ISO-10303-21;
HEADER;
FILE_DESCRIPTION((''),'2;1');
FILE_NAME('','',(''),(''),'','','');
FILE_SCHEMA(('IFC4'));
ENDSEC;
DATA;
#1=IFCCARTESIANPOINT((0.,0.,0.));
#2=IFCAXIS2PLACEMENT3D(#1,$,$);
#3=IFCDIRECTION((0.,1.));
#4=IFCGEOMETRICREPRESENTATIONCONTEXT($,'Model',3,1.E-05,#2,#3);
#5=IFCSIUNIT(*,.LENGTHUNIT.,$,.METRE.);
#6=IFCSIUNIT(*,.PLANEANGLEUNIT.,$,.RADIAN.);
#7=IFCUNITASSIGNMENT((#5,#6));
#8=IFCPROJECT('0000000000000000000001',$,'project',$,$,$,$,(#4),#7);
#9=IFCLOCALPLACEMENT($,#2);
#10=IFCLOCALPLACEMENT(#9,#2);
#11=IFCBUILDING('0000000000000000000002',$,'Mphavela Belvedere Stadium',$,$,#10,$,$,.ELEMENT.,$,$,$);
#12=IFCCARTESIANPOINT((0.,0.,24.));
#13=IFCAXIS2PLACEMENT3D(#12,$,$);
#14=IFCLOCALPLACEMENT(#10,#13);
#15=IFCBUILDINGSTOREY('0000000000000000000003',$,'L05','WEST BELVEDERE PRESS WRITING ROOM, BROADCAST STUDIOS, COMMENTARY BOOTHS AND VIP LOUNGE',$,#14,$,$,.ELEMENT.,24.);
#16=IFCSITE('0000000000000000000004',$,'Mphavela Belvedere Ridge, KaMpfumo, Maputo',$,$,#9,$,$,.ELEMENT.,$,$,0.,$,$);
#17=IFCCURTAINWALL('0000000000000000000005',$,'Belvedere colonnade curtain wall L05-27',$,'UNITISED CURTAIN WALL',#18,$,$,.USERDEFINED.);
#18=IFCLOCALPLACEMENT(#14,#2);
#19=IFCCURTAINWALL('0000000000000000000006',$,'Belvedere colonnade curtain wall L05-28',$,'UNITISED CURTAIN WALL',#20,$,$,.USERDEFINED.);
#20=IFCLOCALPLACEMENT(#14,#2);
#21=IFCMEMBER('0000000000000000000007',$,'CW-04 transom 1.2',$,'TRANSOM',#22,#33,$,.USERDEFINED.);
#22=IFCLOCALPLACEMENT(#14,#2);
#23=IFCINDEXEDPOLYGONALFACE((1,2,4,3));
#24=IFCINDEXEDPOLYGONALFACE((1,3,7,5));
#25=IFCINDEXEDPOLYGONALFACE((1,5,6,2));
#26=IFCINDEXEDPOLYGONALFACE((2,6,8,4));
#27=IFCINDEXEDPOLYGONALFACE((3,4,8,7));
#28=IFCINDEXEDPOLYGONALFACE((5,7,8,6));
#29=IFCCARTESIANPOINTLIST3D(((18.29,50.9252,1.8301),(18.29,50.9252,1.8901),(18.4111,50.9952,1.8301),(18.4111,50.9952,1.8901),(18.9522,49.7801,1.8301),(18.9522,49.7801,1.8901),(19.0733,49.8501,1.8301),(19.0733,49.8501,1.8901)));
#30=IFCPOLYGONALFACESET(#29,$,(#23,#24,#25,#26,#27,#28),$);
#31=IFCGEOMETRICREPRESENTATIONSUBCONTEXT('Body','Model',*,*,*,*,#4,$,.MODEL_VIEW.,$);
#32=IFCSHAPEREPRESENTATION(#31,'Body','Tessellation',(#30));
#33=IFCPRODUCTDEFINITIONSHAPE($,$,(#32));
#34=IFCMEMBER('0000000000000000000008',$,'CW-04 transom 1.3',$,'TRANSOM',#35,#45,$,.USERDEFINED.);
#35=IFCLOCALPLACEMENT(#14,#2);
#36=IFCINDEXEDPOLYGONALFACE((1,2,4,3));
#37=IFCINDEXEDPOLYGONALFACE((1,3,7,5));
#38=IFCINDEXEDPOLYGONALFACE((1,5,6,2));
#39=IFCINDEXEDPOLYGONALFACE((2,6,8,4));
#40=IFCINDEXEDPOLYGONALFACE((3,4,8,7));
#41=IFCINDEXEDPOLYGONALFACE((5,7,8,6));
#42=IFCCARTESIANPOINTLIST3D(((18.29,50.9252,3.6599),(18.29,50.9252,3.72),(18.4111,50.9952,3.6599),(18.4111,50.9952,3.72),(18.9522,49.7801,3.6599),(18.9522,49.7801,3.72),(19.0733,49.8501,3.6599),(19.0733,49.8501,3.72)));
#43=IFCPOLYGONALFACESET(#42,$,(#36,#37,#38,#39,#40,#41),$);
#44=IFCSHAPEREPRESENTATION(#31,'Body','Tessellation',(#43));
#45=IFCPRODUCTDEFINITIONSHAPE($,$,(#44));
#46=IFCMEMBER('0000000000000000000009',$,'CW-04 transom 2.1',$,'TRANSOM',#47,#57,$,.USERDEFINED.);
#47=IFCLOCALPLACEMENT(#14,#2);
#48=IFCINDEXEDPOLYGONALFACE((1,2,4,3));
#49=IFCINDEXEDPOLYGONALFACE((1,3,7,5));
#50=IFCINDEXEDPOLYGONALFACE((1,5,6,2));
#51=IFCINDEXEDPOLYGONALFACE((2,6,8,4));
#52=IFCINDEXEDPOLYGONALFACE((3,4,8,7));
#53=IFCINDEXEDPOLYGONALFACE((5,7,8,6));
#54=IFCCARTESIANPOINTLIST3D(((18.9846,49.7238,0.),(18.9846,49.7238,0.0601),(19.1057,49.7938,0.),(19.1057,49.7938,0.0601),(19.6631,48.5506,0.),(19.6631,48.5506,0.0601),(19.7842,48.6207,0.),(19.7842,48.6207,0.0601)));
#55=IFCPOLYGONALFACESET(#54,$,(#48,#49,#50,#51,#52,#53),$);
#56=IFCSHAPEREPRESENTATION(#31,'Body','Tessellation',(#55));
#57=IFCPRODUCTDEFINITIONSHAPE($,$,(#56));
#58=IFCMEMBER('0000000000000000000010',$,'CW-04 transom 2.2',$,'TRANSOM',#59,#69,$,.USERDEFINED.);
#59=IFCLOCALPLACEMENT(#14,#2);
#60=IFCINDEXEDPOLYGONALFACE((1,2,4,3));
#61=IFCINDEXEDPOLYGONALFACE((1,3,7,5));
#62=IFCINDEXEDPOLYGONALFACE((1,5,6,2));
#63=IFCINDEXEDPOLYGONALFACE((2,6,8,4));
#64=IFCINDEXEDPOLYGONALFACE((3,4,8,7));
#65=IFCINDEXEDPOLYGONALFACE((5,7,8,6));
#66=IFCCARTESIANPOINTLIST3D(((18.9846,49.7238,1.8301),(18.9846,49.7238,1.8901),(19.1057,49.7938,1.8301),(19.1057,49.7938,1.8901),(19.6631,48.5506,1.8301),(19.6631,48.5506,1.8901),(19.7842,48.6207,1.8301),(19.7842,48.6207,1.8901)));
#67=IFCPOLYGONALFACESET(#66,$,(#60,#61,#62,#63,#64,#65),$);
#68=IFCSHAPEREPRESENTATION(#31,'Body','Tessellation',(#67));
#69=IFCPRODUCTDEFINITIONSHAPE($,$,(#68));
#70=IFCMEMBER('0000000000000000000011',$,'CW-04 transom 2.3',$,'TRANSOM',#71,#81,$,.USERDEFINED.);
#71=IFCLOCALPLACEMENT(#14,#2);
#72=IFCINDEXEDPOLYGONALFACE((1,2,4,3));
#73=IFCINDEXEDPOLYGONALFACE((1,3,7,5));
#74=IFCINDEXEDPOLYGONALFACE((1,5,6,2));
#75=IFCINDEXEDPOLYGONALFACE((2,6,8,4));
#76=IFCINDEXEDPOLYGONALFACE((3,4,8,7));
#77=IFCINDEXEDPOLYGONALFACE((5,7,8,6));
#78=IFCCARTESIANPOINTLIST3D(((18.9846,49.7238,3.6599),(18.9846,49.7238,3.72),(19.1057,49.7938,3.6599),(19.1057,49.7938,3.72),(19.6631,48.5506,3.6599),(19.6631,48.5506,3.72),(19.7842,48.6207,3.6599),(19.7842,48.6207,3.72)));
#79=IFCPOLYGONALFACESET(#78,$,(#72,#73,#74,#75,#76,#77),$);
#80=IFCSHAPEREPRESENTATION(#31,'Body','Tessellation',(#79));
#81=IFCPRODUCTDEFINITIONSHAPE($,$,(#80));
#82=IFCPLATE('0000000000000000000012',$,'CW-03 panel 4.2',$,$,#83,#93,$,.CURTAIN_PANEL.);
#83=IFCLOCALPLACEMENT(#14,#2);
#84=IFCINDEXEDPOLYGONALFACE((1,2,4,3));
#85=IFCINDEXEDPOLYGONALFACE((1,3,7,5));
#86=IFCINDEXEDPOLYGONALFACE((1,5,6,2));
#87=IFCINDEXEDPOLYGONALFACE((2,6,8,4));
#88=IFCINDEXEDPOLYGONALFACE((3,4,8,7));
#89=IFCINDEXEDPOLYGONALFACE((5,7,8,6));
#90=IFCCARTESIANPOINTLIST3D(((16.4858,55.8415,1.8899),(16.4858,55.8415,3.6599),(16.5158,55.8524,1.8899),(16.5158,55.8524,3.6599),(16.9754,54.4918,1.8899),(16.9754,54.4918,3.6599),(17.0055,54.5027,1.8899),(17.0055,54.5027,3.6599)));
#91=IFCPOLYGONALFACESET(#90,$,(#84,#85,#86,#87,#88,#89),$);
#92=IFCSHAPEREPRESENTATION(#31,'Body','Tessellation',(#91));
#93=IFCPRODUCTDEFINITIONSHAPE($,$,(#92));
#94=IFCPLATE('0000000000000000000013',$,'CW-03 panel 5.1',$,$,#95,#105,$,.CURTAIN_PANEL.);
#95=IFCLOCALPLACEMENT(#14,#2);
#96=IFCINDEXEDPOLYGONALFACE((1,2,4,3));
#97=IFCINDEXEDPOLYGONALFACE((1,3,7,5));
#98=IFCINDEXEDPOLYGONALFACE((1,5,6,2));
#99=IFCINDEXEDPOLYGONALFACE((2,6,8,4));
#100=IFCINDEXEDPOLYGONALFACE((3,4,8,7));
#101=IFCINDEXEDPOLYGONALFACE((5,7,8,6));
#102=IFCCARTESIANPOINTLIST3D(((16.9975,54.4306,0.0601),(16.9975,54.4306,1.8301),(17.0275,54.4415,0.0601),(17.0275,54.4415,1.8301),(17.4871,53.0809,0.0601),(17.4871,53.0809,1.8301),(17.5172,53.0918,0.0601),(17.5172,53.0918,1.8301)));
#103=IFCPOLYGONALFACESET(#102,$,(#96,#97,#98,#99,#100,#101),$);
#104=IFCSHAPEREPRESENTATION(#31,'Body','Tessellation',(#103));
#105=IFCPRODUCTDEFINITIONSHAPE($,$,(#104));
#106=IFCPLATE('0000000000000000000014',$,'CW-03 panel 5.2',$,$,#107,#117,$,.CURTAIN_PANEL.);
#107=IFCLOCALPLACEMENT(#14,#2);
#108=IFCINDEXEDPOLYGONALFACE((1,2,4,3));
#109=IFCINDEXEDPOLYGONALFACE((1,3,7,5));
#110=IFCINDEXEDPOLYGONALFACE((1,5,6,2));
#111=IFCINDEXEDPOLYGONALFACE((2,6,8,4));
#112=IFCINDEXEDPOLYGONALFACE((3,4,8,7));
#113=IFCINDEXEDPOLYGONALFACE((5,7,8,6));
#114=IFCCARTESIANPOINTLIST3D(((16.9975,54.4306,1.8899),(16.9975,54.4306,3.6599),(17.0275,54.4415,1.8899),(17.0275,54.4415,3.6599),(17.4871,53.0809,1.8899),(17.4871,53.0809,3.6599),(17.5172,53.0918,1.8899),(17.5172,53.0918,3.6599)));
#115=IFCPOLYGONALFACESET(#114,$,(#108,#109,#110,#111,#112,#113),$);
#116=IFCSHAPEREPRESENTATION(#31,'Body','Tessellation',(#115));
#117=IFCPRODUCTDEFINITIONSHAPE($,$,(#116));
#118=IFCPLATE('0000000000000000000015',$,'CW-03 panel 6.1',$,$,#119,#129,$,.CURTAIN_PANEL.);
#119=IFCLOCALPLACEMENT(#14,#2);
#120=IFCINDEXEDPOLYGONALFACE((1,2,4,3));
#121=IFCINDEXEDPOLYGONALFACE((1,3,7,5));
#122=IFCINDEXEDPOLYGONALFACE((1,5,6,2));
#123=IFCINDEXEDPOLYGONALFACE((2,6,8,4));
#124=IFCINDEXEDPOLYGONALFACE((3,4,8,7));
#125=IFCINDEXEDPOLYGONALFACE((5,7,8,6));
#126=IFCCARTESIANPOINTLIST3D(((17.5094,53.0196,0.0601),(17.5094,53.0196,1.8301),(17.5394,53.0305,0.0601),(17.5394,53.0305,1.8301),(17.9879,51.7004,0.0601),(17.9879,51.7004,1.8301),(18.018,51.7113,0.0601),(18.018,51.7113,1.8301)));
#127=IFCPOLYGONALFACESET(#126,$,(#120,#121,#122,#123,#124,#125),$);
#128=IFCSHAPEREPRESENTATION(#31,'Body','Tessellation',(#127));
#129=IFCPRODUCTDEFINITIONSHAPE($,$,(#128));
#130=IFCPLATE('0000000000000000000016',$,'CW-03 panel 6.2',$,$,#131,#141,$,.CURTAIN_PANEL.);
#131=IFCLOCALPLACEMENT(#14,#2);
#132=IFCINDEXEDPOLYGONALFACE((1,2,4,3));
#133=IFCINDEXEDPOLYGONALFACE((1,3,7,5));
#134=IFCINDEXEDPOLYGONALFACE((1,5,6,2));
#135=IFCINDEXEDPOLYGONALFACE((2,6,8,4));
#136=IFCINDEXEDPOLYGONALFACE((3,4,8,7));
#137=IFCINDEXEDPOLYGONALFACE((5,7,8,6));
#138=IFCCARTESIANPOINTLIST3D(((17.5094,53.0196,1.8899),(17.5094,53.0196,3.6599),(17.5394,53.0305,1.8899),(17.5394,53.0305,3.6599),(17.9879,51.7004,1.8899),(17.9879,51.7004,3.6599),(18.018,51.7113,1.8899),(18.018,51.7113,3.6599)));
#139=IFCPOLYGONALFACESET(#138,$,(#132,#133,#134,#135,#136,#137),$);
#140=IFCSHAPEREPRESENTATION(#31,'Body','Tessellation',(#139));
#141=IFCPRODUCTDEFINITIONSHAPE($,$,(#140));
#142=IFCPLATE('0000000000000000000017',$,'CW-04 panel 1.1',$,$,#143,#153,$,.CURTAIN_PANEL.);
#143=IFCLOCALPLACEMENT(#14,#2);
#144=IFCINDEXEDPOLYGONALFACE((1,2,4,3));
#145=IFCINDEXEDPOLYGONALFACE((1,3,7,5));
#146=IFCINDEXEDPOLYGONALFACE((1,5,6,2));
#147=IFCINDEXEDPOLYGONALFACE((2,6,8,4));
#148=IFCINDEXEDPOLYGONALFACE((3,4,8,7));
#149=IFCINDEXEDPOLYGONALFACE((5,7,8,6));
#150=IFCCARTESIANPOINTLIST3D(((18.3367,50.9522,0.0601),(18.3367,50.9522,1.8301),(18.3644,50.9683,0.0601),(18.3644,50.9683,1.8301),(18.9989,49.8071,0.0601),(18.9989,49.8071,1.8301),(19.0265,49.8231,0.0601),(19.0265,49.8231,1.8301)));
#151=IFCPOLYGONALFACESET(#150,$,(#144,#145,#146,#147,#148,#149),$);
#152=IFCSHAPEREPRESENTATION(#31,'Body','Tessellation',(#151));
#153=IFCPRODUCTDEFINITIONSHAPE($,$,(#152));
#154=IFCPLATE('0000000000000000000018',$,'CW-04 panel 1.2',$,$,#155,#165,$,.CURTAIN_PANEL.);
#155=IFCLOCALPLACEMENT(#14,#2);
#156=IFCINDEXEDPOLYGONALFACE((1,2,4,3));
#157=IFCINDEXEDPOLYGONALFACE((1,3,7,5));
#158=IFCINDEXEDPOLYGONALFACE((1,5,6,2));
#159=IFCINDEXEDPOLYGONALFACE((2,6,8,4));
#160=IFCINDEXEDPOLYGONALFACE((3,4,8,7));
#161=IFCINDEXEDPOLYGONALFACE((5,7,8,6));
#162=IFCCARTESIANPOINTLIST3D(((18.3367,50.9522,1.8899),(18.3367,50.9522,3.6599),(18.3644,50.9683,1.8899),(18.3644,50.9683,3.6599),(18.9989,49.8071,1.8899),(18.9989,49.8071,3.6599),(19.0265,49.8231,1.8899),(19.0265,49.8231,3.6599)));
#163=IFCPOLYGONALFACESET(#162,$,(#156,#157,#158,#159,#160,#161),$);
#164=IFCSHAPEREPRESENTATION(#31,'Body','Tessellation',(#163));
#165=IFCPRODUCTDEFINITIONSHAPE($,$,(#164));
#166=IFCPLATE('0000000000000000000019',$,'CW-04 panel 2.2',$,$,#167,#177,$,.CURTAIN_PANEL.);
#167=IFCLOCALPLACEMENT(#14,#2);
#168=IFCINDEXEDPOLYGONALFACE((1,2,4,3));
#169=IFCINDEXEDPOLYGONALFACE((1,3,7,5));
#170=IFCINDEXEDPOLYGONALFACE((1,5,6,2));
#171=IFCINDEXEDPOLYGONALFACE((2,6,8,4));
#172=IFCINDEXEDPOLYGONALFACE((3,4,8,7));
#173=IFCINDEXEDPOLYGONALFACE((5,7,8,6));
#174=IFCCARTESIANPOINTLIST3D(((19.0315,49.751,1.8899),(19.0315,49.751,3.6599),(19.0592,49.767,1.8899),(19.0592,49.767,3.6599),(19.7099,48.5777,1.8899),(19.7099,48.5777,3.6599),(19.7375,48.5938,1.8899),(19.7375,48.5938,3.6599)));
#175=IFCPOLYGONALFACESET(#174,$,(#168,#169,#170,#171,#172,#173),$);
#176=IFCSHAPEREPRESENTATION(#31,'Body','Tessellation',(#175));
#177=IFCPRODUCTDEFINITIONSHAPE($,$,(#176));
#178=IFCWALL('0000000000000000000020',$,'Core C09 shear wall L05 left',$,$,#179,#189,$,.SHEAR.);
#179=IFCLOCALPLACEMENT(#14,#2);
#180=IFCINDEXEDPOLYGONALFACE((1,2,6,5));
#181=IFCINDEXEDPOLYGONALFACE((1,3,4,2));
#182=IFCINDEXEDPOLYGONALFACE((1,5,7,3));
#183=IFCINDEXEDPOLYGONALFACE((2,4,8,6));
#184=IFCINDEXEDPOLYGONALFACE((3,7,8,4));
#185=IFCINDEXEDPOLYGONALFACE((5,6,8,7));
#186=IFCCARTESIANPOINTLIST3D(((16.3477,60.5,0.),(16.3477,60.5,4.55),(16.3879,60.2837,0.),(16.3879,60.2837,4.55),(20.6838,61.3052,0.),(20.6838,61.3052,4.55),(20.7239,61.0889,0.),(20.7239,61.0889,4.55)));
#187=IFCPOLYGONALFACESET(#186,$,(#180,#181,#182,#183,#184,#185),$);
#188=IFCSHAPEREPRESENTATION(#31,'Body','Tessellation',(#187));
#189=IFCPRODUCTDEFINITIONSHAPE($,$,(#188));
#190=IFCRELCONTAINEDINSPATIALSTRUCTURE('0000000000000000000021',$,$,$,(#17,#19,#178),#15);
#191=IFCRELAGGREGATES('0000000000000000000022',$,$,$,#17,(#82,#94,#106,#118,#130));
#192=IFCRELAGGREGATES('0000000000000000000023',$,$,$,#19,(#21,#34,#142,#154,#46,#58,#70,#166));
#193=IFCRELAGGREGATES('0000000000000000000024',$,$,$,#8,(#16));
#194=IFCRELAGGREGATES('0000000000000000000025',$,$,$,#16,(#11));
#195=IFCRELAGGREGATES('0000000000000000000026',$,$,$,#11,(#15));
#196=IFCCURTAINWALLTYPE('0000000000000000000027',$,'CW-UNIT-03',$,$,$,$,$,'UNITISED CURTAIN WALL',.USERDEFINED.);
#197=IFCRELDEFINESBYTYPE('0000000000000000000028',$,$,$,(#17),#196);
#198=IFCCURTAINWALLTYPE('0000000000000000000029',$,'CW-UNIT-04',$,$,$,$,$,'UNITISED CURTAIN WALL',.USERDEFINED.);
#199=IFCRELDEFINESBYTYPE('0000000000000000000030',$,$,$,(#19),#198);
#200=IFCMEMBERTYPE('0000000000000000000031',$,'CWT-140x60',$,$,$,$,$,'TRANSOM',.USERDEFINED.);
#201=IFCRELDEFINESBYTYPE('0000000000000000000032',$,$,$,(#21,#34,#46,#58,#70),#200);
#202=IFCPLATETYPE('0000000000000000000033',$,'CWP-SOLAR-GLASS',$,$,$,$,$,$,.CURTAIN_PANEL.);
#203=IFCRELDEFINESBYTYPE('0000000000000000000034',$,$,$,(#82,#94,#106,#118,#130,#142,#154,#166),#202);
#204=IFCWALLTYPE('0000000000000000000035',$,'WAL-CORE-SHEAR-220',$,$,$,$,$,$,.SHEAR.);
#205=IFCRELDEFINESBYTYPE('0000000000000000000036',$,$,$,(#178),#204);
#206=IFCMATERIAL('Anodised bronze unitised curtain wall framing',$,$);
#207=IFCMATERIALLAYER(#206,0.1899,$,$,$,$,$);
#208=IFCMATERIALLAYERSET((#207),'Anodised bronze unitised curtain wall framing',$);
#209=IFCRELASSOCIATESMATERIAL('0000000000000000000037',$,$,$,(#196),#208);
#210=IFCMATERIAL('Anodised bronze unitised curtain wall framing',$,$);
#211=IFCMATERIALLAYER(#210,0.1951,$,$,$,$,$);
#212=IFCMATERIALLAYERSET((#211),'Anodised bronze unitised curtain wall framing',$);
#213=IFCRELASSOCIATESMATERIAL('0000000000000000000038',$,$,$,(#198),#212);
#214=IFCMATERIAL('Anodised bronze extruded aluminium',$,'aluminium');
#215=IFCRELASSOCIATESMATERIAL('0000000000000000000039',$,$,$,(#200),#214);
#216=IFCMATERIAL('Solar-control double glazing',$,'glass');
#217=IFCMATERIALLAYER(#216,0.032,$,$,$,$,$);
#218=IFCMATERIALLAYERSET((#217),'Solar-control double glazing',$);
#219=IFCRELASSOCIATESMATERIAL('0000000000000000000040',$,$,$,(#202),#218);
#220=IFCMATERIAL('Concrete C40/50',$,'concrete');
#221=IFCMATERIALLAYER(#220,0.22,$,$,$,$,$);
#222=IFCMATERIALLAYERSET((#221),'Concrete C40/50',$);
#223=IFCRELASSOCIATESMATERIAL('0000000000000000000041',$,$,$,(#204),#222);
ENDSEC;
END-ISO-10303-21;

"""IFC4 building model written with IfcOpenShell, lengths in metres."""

from ifc_helpers import new_model, si_unit, direction, frame, frame_2d, origin, origin_2d, place, context, subcontext, project, spatial, rectangle, extrude, material, layer, layer_set, material_profile, profile_set, type_object, element, aggregate, save


model = new_model("IFC4")

# Units and contexts
model_context = context("Model", 3, precision=1e-05, world=origin(), true_north=direction((0.0, 1.0)))
body_context = subcontext(model_context, "Body", "Model", "MODEL_VIEW")
ifc_project = project(units=[si_unit("LENGTHUNIT", "METRE"), si_unit("PLANEANGLEUNIT", "RADIAN")], contexts=[model_context])

# Site, building, storey
site_placement = place(None, origin())
site = spatial("IfcSite", under=ifc_project, at=site_placement, Name="Mphavela Belvedere Ridge, KaMpfumo, Maputo", CompositionType="ELEMENT", RefElevation=0.0)
building_placement = place(site_placement, origin())
building = spatial("IfcBuilding", under=site, at=building_placement, Name="Mphavela Belvedere Stadium", CompositionType="ELEMENT")
storey_placement = place(building_placement, frame((0.0, 0.0, 24.0)))
storey = spatial("IfcBuildingStorey", under=building, at=storey_placement, Name="L05", Description="WEST BELVEDERE PRESS WRITING ROOM, BROADCAST STUDIOS, COMMENTARY BOOTHS AND VIP LOUNGE", CompositionType="ELEMENT", Elevation=24.0)

# Curtain walls
ifc_material_1 = material(Name="Anodised bronze unitised curtain wall framing")
ifc_layer_1 = layer(ifc_material_1, 0.1899)
ifc_layer_set_1 = layer_set([ifc_layer_1], Name="Anodised bronze unitised curtain wall framing")
curtain_wall_type_1 = type_object("IfcCurtainWallType", Name="CW-UNIT-03", ElementType="UNITISED CURTAIN WALL", PredefinedType="USERDEFINED", material=ifc_layer_set_1)
curtain_wall_1_placement = place(storey_placement, origin())
curtain_wall_1 = element("IfcCurtainWall", 1, at=curtain_wall_1_placement, inside=storey, type_object=curtain_wall_type_1, Name="Belvedere colonnade curtain wall L05-27", ObjectType="UNITISED CURTAIN WALL", PredefinedType="USERDEFINED")
ifc_material_2 = material(Name="Anodised bronze unitised curtain wall framing")
ifc_layer_2 = layer(ifc_material_2, 0.1951)
ifc_layer_set_2 = layer_set([ifc_layer_2], Name="Anodised bronze unitised curtain wall framing")
curtain_wall_type_2 = type_object("IfcCurtainWallType", Name="CW-UNIT-04", ElementType="UNITISED CURTAIN WALL", PredefinedType="USERDEFINED", material=ifc_layer_set_2)
curtain_wall_2_placement = place(storey_placement, origin())
curtain_wall_2 = element("IfcCurtainWall", 2, at=curtain_wall_2_placement, inside=storey, type_object=curtain_wall_type_2, Name="Belvedere colonnade curtain wall L05-28", ObjectType="UNITISED CURTAIN WALL", PredefinedType="USERDEFINED")

# Members
ifc_material_3 = material(Name="Anodised bronze extruded aluminium", Category="aluminium")
ifc_material_profile_1 = material_profile(ifc_material_3, rectangle(XDim=0.1399, YDim=0.0601, at=origin_2d()), Name="CW-TRN 140x60")
ifc_profile_set_1 = profile_set([ifc_material_profile_1], Name="Anodised bronze extruded aluminium")
member_type_1 = type_object("IfcMemberType", Name="CWT-140x60", ElementType="TRANSOM", PredefinedType="USERDEFINED", material=ifc_profile_set_1)
member_1_placement = place(storey_placement, frame((18.3506, 50.9602, 1.8601), z_axis=(0.500585, -0.865687, 0.0), x_axis=(0.865687, 0.500585, 0.0)))
member_1 = element("IfcMember", 3, at=member_1_placement, type_object=member_type_1, Name="CW-04 transom 1.2", ObjectType="TRANSOM", PredefinedType="USERDEFINED", context=body_context, shape_type="SweptSolid", body=[
    extrude(rectangle(XDim=0.1399, YDim=0.0601, at=origin_2d()), origin(), (0.0, 0.0, 1.0), 1.3228),
])
member_2_placement = place(storey_placement, frame((18.3506, 50.9602, 3.6899), z_axis=(0.500585, -0.865687, 0.0), x_axis=(0.865687, 0.500585, 0.0)))
member_2 = element("IfcMember", 4, at=member_2_placement, type_object=member_type_1, Name="CW-04 transom 1.3", ObjectType="TRANSOM", PredefinedType="USERDEFINED", context=body_context, shape_type="SweptSolid", body=[
    extrude(rectangle(XDim=0.1399, YDim=0.0601, at=origin_2d()), origin(), (0.0, 0.0, 1.0), 1.3228),
])
member_3_placement = place(storey_placement, frame((19.0452, 49.7588, 0.03), z_axis=(0.500653, -0.865648, 0.0), x_axis=(0.865648, 0.500653, 0.0)))
member_3 = element("IfcMember", 5, at=member_3_placement, type_object=member_type_1, Name="CW-04 transom 2.1", ObjectType="TRANSOM", PredefinedType="USERDEFINED", context=body_context, shape_type="SweptSolid", body=[
    extrude(rectangle(XDim=0.1399, YDim=0.0601, at=origin_2d()), origin(), (0.0, 0.0, 1.0), 1.3552),
])
member_4_placement = place(storey_placement, frame((19.0452, 49.7588, 1.8601), z_axis=(0.500653, -0.865648, 0.0), x_axis=(0.865648, 0.500653, 0.0)))
member_4 = element("IfcMember", 6, at=member_4_placement, type_object=member_type_1, Name="CW-04 transom 2.2", ObjectType="TRANSOM", PredefinedType="USERDEFINED", context=body_context, shape_type="SweptSolid", body=[
    extrude(rectangle(XDim=0.1399, YDim=0.0601, at=origin_2d()), origin(), (0.0, 0.0, 1.0), 1.3552),
])
member_5_placement = place(storey_placement, frame((19.0452, 49.7588, 3.6899), z_axis=(0.500653, -0.865648, 0.0), x_axis=(0.865648, 0.500653, 0.0)))
member_5 = element("IfcMember", 7, at=member_5_placement, type_object=member_type_1, Name="CW-04 transom 2.3", ObjectType="TRANSOM", PredefinedType="USERDEFINED", context=body_context, shape_type="SweptSolid", body=[
    extrude(rectangle(XDim=0.1399, YDim=0.0601, at=origin_2d()), origin(), (0.0, 0.0, 1.0), 1.3552),
])

# Plates
ifc_material_4 = material(Name="Solar-control double glazing", Category="glass")
ifc_layer_3 = layer(ifc_material_4, 0.032)
ifc_layer_set_3 = layer_set([ifc_layer_3], Name="Solar-control double glazing")
plate_type = type_object("IfcPlateType", Name="CWP-SOLAR-GLASS", PredefinedType="CURTAIN_PANEL", material=ifc_layer_set_3)
plate_1_placement = place(storey_placement, frame((16.7456, 55.1721, 1.8899), z_axis=(0.0, 0.0, 1.0), x_axis=(0.341027, -0.940053, 0.0)))
plate_1 = element("IfcPlate", 8, at=plate_1_placement, type_object=plate_type, Name="CW-03 panel 4.2", PredefinedType="CURTAIN_PANEL", context=body_context, shape_type="SweptSolid", body=[
    extrude(rectangle(XDim=1.4358, YDim=0.032, at=origin_2d()), origin(), (0.0, 0.0, 1.0), 1.77),
])
plate_2_placement = place(storey_placement, frame((17.2573, 53.7612, 0.0601), z_axis=(0.0, 0.0, 1.0), x_axis=(0.341027, -0.940053, 0.0)))
plate_2 = element("IfcPlate", 9, at=plate_2_placement, type_object=plate_type, Name="CW-03 panel 5.1", PredefinedType="CURTAIN_PANEL", context=body_context, shape_type="SweptSolid", body=[
    extrude(rectangle(XDim=1.4358, YDim=0.032, at=origin_2d()), origin(), (0.0, 0.0, 1.0), 1.77),
])
plate_3_placement = place(storey_placement, frame((17.2573, 53.7612, 1.8899), z_axis=(0.0, 0.0, 1.0), x_axis=(0.341027, -0.940053, 0.0)))
plate_3 = element("IfcPlate", 10, at=plate_3_placement, type_object=plate_type, Name="CW-03 panel 5.2", PredefinedType="CURTAIN_PANEL", context=body_context, shape_type="SweptSolid", body=[
    extrude(rectangle(XDim=1.4358, YDim=0.032, at=origin_2d()), origin(), (0.0, 0.0, 1.0), 1.77),
])
plate_4_placement = place(storey_placement, frame((17.7637, 52.3655, 0.0601), z_axis=(0.0, 0.0, 1.0), x_axis=(0.341027, -0.940053, 0.0)))
plate_4 = element("IfcPlate", 11, at=plate_4_placement, type_object=plate_type, Name="CW-03 panel 6.1", PredefinedType="CURTAIN_PANEL", context=body_context, shape_type="SweptSolid", body=[
    extrude(rectangle(XDim=1.4033, YDim=0.032, at=origin_2d()), origin(), (0.0, 0.0, 1.0), 1.77),
])
plate_5_placement = place(storey_placement, frame((17.7637, 52.3655, 1.8899), z_axis=(0.0, 0.0, 1.0), x_axis=(0.341027, -0.940053, 0.0)))
plate_5 = element("IfcPlate", 12, at=plate_5_placement, type_object=plate_type, Name="CW-03 panel 6.2", PredefinedType="CURTAIN_PANEL", context=body_context, shape_type="SweptSolid", body=[
    extrude(rectangle(XDim=1.4033, YDim=0.032, at=origin_2d()), origin(), (0.0, 0.0, 1.0), 1.77),
])
aggregate(curtain_wall_1, [plate_1, plate_2, plate_3, plate_4, plate_5])
plate_6_placement = place(storey_placement, frame((18.6816, 50.3877, 0.0601), z_axis=(0.0, 0.0, 1.0), x_axis=(0.500556, -0.865704, 0.0)))
plate_6 = element("IfcPlate", 13, at=plate_6_placement, type_object=plate_type, Name="CW-04 panel 1.1", PredefinedType="CURTAIN_PANEL", context=body_context, shape_type="SweptSolid", body=[
    extrude(rectangle(XDim=1.3228, YDim=0.032, at=origin_2d()), origin(), (0.0, 0.0, 1.0), 1.77),
])
plate_7_placement = place(storey_placement, frame((18.6816, 50.3877, 1.8899), z_axis=(0.0, 0.0, 1.0), x_axis=(0.500556, -0.865704, 0.0)))
plate_7 = element("IfcPlate", 14, at=plate_7_placement, type_object=plate_type, Name="CW-04 panel 1.2", PredefinedType="CURTAIN_PANEL", context=body_context, shape_type="SweptSolid", body=[
    extrude(rectangle(XDim=1.3228, YDim=0.032, at=origin_2d()), origin(), (0.0, 0.0, 1.0), 1.77),
])
plate_8_placement = place(storey_placement, frame((19.3845, 49.1724, 1.8899), z_axis=(0.0, 0.0, 1.0), x_axis=(0.500556, -0.865704, 0.0)))
plate_8 = element("IfcPlate", 15, at=plate_8_placement, type_object=plate_type, Name="CW-04 panel 2.2", PredefinedType="CURTAIN_PANEL", context=body_context, shape_type="SweptSolid", body=[
    extrude(rectangle(XDim=1.3552, YDim=0.032, at=origin_2d()), origin(), (0.0, 0.0, 1.0), 1.77),
])
aggregate(curtain_wall_2, [member_1, member_2, plate_6, plate_7, member_3, member_4, member_5, plate_8])

# Wall
ifc_material_5 = material(Name="Concrete C40/50", Category="concrete")
ifc_layer_4 = layer(ifc_material_5, 0.22)
ifc_layer_set_4 = layer_set([ifc_layer_4], Name="Concrete C40/50")
wall_type_1 = type_object("IfcWallType", Name="WAL-CORE-SHEAR-220", PredefinedType="SHEAR", material=ifc_layer_set_4)
wall_1_placement = place(storey_placement, frame((20.7039, 61.197, 0.0), z_axis=(0.0, 0.0, 1.0), x_axis=(-0.983192, -0.182577, 0.0)))
element("IfcWall", 16, at=wall_1_placement, inside=storey, type_object=wall_type_1, Name="Core C09 shear wall L05 left", PredefinedType="SHEAR", context=body_context, shape_type="SweptSolid", body=[
    extrude(rectangle(XDim=4.4102, YDim=0.22, at=frame_2d((2.2051, 0.0))), origin(), (0.0, 0.0, 1.0), 4.55),
])

save(model, "model.ifc")
